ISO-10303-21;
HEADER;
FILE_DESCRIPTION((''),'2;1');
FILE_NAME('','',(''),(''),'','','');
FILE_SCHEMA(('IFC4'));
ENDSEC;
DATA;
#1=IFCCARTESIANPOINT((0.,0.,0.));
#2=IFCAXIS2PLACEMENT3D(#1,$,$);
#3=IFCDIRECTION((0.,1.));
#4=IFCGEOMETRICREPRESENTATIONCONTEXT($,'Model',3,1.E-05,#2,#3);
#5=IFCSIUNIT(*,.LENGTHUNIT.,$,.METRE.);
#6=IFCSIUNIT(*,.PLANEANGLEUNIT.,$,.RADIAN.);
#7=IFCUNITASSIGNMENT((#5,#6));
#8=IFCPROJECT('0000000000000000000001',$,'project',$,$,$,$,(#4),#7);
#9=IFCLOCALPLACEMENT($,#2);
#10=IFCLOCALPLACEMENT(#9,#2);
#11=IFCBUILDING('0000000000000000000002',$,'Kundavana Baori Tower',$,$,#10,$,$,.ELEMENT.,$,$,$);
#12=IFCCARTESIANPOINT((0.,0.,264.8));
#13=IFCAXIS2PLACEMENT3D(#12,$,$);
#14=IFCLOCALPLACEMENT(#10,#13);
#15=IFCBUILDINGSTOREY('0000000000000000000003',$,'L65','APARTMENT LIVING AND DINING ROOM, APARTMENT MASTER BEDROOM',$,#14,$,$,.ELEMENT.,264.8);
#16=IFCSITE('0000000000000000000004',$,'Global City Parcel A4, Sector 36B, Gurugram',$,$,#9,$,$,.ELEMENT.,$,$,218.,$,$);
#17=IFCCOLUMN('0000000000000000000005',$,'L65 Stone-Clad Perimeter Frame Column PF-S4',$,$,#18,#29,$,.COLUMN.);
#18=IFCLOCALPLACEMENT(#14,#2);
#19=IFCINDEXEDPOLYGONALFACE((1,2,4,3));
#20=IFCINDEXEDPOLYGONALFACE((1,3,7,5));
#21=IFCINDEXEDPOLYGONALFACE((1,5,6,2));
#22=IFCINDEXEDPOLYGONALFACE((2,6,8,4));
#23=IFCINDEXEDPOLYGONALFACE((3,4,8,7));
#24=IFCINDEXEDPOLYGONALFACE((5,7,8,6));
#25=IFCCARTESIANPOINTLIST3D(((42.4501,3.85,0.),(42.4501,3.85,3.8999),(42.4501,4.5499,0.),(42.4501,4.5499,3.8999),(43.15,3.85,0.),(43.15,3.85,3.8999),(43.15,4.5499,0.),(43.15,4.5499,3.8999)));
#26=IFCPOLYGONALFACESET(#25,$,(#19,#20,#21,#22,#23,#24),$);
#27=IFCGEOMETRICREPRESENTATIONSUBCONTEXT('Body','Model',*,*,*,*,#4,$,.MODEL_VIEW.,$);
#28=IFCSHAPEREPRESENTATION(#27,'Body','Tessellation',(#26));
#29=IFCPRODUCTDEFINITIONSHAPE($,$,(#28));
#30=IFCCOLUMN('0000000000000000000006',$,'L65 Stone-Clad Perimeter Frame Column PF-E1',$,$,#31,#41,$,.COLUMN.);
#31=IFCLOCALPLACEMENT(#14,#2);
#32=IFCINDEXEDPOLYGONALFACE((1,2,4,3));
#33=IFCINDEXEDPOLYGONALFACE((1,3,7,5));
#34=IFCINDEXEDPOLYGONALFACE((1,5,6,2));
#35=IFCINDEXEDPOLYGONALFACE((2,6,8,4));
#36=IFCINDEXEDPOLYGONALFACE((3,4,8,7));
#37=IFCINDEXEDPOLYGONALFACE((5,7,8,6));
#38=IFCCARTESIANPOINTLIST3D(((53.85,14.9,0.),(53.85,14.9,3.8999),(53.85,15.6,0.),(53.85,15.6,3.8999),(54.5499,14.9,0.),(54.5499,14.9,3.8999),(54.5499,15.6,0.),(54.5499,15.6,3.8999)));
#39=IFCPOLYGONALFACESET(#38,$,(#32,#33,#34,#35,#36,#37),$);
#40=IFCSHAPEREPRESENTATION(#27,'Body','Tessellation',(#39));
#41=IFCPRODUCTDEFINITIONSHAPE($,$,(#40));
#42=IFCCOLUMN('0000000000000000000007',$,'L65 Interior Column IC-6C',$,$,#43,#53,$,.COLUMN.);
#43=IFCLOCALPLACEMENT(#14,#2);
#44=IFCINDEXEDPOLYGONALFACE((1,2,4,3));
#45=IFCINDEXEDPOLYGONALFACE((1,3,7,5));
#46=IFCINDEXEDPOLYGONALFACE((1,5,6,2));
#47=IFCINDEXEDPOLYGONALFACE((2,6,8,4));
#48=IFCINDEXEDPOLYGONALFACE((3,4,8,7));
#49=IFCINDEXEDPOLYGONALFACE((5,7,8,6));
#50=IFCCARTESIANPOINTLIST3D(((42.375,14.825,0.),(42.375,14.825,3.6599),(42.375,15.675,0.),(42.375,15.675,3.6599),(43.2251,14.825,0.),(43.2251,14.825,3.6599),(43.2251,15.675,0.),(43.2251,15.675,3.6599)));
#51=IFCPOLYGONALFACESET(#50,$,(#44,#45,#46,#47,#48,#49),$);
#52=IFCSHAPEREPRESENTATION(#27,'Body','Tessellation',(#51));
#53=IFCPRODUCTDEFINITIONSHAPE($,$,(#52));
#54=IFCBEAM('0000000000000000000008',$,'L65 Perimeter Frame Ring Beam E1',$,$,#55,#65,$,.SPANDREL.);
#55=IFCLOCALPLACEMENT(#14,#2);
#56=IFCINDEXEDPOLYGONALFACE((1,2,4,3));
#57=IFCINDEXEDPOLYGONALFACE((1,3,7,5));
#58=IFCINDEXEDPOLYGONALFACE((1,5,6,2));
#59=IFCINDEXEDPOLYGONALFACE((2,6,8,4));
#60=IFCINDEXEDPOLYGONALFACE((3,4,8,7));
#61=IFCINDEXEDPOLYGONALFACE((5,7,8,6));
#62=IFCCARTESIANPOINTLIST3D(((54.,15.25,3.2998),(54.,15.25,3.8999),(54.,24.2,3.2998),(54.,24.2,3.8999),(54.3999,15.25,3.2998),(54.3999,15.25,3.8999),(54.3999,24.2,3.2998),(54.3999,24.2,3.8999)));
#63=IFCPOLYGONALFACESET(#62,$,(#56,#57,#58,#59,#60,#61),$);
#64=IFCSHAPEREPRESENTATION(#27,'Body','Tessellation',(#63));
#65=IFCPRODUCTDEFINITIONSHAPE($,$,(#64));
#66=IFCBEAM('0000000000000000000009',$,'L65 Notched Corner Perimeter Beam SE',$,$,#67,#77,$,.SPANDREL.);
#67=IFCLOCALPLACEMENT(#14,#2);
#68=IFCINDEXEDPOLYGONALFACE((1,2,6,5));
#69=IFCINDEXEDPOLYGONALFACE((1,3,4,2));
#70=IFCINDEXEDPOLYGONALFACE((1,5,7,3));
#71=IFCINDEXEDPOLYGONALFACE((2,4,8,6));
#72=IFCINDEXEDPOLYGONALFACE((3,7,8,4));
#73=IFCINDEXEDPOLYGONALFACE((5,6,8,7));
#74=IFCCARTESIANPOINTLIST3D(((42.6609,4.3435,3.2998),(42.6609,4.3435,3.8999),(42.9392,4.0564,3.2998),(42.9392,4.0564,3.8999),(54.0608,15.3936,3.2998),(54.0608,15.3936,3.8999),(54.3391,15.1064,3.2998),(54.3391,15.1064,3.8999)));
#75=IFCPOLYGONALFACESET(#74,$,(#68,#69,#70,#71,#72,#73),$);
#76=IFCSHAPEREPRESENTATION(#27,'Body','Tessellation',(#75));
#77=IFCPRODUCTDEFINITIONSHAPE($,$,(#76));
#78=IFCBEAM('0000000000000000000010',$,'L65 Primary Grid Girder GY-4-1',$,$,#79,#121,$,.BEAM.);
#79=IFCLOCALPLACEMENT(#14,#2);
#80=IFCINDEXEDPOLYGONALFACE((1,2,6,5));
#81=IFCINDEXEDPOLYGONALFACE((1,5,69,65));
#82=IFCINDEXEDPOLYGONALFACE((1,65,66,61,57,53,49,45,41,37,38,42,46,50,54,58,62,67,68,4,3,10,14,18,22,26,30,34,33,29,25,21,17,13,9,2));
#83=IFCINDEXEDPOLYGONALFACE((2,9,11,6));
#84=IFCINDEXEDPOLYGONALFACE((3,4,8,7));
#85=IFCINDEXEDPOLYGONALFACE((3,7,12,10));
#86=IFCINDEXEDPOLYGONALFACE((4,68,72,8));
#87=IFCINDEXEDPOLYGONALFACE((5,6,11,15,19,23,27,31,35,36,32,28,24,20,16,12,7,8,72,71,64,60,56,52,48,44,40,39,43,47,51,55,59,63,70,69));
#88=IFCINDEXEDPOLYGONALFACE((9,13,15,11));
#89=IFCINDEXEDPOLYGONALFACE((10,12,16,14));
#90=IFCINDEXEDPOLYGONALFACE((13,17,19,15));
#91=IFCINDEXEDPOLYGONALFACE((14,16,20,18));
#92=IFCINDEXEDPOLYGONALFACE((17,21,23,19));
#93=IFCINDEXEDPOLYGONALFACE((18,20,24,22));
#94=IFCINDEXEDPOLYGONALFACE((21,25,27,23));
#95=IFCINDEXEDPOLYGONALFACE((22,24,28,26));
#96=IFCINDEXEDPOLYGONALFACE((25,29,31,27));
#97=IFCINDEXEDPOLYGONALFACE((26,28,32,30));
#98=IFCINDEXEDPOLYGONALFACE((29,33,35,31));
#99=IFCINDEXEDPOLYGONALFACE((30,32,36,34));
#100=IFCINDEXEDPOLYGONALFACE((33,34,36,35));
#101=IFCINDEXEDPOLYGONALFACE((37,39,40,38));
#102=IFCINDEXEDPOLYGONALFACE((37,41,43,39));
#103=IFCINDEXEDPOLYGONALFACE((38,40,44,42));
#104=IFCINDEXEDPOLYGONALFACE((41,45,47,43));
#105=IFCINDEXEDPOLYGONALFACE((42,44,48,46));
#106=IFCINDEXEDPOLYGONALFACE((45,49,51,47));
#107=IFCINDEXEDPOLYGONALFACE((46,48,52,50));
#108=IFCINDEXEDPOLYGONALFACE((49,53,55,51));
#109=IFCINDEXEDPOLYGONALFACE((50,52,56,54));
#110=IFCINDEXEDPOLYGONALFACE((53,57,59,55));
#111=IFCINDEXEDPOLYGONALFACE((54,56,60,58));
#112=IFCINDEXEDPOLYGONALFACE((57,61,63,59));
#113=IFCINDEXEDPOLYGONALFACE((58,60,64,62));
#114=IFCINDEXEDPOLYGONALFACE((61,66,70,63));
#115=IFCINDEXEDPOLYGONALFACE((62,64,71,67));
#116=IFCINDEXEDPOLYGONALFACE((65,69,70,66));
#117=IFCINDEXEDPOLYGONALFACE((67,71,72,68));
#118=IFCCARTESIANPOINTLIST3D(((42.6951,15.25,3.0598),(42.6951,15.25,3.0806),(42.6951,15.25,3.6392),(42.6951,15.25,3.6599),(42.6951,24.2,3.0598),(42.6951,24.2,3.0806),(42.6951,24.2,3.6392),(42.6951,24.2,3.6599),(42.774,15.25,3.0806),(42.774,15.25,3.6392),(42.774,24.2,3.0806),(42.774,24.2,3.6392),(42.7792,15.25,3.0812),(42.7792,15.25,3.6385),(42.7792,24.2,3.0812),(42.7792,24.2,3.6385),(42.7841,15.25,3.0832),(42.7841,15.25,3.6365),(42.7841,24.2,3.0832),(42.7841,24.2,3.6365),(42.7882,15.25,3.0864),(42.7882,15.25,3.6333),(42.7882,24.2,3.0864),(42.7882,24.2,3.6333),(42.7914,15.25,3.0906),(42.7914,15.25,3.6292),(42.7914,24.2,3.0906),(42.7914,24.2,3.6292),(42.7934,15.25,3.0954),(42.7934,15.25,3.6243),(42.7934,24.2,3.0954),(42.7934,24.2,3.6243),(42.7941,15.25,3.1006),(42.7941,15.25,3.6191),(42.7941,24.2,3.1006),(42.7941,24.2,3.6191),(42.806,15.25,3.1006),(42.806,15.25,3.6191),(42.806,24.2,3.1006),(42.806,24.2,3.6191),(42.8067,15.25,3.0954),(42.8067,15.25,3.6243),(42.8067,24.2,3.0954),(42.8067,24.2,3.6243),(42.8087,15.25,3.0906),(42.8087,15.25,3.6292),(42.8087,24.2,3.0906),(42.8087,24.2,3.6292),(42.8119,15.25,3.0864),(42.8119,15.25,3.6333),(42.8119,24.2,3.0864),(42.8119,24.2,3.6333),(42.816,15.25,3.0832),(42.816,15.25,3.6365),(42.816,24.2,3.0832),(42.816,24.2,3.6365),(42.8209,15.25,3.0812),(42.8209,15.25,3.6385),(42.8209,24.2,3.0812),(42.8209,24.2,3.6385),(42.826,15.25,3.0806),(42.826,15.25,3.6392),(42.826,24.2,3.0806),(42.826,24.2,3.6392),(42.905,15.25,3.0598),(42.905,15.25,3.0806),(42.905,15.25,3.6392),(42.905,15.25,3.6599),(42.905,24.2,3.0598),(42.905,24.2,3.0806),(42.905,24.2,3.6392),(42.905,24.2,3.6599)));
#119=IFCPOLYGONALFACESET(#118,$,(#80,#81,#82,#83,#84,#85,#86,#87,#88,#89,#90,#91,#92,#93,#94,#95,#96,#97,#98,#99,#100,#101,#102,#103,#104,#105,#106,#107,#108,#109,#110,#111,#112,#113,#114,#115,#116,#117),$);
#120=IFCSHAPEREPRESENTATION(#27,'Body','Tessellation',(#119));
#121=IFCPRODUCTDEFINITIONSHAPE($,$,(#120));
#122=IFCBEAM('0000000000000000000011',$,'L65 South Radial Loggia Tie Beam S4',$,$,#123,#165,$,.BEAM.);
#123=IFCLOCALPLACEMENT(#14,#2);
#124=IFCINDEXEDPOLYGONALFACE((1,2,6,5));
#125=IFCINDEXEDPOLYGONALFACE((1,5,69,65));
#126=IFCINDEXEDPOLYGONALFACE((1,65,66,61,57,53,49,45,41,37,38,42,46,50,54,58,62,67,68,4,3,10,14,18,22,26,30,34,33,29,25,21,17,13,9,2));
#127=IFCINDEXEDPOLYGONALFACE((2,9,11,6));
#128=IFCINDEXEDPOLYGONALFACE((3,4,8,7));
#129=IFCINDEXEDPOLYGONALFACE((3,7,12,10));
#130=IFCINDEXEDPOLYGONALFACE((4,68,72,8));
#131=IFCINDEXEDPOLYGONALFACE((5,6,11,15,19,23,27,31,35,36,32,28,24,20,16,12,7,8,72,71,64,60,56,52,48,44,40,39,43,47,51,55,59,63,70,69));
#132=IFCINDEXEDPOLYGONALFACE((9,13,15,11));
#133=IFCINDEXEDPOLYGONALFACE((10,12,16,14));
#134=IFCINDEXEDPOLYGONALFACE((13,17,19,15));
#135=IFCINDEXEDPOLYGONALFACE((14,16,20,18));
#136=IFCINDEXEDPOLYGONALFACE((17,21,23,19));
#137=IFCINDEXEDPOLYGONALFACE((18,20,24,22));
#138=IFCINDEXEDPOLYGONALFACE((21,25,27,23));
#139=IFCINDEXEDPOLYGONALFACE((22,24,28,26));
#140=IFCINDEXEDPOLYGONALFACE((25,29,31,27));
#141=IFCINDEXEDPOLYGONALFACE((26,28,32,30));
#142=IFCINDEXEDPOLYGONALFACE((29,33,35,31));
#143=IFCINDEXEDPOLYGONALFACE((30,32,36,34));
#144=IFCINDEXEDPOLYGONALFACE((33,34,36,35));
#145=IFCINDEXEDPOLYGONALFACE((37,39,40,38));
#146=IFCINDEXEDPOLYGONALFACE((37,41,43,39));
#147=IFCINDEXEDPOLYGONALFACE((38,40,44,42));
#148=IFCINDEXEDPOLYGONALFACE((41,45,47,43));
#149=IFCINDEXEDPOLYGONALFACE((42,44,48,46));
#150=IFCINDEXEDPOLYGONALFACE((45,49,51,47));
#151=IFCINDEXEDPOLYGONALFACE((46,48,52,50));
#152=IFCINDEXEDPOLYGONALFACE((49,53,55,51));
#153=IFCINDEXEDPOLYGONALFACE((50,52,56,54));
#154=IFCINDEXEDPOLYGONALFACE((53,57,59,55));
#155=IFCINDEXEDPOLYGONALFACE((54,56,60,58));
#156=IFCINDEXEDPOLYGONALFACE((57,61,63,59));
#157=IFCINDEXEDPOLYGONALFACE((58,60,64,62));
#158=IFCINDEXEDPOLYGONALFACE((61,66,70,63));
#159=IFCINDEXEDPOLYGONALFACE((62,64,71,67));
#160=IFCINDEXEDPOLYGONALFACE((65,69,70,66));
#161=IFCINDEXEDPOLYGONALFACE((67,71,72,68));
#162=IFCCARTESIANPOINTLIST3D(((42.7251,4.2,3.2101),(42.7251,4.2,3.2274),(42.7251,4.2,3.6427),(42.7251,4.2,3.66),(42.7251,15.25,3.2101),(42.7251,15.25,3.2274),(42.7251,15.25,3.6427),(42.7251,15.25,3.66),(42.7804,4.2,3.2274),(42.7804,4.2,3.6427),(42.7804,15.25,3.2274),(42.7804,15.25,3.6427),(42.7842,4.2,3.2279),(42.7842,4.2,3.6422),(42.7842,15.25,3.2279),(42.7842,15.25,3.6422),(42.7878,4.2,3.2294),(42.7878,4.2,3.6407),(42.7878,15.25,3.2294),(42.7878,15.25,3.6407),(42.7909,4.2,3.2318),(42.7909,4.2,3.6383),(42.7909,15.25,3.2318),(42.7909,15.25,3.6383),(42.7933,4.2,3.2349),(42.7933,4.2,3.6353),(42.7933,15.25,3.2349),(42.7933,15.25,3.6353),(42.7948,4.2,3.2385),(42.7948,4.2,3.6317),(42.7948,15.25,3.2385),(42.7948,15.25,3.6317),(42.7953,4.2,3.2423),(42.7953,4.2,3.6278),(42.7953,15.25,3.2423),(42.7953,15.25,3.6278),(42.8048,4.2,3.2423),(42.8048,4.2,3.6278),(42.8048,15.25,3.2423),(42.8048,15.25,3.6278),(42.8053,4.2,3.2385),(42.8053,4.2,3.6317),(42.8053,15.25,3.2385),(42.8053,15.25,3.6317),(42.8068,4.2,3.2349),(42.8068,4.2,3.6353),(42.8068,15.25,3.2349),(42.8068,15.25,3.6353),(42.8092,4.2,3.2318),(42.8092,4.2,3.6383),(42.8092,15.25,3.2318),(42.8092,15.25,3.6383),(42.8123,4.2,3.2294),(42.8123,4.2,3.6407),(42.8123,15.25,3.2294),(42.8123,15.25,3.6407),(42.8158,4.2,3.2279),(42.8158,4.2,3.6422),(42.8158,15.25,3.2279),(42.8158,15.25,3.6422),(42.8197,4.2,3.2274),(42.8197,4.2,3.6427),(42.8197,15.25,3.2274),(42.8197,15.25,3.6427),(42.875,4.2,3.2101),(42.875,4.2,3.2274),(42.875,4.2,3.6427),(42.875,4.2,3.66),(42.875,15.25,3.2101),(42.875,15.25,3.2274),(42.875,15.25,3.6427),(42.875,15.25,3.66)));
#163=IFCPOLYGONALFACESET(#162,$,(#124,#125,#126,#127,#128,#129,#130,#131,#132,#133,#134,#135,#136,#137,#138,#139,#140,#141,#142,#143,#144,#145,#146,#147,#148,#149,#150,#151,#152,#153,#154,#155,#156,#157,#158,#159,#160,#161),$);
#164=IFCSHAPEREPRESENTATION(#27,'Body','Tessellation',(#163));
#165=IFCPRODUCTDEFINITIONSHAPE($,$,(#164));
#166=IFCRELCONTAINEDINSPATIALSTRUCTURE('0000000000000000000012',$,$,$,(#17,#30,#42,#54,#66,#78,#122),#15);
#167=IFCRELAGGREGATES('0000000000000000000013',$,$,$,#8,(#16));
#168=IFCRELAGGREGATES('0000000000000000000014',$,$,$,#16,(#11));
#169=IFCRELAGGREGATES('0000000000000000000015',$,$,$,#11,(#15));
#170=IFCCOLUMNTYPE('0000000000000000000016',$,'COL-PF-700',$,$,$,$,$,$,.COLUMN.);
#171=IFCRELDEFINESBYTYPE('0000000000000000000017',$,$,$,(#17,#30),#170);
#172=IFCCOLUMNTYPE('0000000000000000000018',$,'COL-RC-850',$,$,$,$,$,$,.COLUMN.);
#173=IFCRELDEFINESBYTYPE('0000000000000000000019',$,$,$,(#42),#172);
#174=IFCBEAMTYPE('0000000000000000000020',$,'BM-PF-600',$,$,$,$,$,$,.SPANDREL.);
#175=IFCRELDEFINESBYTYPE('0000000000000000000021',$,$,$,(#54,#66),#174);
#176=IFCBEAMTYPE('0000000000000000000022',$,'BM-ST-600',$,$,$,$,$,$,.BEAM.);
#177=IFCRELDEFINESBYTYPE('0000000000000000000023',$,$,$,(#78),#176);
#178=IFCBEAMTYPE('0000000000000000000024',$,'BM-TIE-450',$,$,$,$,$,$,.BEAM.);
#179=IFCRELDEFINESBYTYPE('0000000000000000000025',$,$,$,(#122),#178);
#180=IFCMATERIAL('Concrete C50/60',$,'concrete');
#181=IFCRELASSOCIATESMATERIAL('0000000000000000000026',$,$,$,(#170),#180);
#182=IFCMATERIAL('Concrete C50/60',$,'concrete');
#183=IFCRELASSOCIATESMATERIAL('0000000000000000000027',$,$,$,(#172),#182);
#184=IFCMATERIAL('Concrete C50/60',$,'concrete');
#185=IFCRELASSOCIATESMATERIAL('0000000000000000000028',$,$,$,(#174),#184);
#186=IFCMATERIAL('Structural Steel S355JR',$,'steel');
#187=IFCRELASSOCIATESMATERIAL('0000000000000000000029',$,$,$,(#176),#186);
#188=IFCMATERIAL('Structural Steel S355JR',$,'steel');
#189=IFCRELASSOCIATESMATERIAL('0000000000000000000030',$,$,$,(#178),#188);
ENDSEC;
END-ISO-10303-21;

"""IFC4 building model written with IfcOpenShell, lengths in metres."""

from ifc_helpers import new_model, si_unit, direction, frame, origin, origin_2d, place, context, subcontext, project, spatial, rectangle, i_section, extrude, material, material_profile, profile_set, type_object, element, save


model = new_model("IFC4")

# Units and contexts
model_context = context("Model", 3, precision=1e-05, world=origin(), true_north=direction((0.0, 1.0)))
body_context = subcontext(model_context, "Body", "Model", "MODEL_VIEW")
ifc_project = project(units=[si_unit("LENGTHUNIT", "METRE"), si_unit("PLANEANGLEUNIT", "RADIAN")], contexts=[model_context])

# Site, building, storey
site_placement = place(None, origin())
site = spatial("IfcSite", under=ifc_project, at=site_placement, Name="Global City Parcel A4, Sector 36B, Gurugram", CompositionType="ELEMENT", RefElevation=218.0)
building_placement = place(site_placement, origin())
building = spatial("IfcBuilding", under=site, at=building_placement, Name="Kundavana Baori Tower", CompositionType="ELEMENT")
storey_placement = place(building_placement, frame((0.0, 0.0, 264.8)))
storey = spatial("IfcBuildingStorey", under=building, at=storey_placement, Name="L65", Description="APARTMENT LIVING AND DINING ROOM, APARTMENT MASTER BEDROOM", CompositionType="ELEMENT", Elevation=264.8)

# Columns
ifc_material_1 = material(Name="Concrete C50/60", Category="concrete")
ifc_material_profile_1 = material_profile(ifc_material_1, rectangle(XDim=0.7, YDim=0.7, at=origin_2d()), Name="RC PF 700x700")
ifc_profile_set_1 = profile_set([ifc_material_profile_1], Name="Concrete C50/60")
column_type_1 = type_object("IfcColumnType", Name="COL-PF-700", PredefinedType="COLUMN", material=ifc_profile_set_1)
for number, where, z_axis, x_axis, name in (
    (1, (42.8, 4.2, 0.0), (0.0, 0.0, 1.0), (1.0, 0.0, 0.0), "L65 Stone-Clad Perimeter Frame Column PF-S4"),
    (2, (54.2, 15.25, 0.0), (0.0, 0.0, 1.0), (1.0, 0.0, 0.0), "L65 Stone-Clad Perimeter Frame Column PF-E1"),
):
    element("IfcColumn", number, at=place(storey_placement, frame(where, z_axis=z_axis, x_axis=x_axis)), inside=storey, type_object=column_type_1, Name=name, PredefinedType="COLUMN", context=body_context, shape_type="SweptSolid", body=[
        extrude(rectangle(XDim=0.7, YDim=0.7, at=origin_2d()), origin(), (0.0, 0.0, 1.0), 3.8999),
    ])
ifc_material_2 = material(Name="Concrete C50/60", Category="concrete")
ifc_material_profile_2 = material_profile(ifc_material_2, rectangle(XDim=0.8501, YDim=0.8501, at=origin_2d()), Name="RC 850x850")
ifc_profile_set_2 = profile_set([ifc_material_profile_2], Name="Concrete C50/60")
column_type_2 = type_object("IfcColumnType", Name="COL-RC-850", PredefinedType="COLUMN", material=ifc_profile_set_2)
column_placement = place(storey_placement, frame((42.8, 15.25, 0.0), z_axis=(0.0, 0.0, 1.0), x_axis=(1.0, 0.0, 0.0)))
element("IfcColumn", 3, at=column_placement, inside=storey, type_object=column_type_2, Name="L65 Interior Column IC-6C", PredefinedType="COLUMN", context=body_context, shape_type="SweptSolid", body=[
    extrude(rectangle(XDim=0.8501, YDim=0.8501, at=origin_2d()), origin(), (0.0, 0.0, 1.0), 3.6599),
])

# Beams
ifc_material_3 = material(Name="Concrete C50/60", Category="concrete")
ifc_material_profile_3 = material_profile(ifc_material_3, rectangle(XDim=0.3999, YDim=0.6001, at=origin_2d()), Name="RC BM 400x600")
ifc_profile_set_3 = profile_set([ifc_material_profile_3], Name="Concrete C50/60")
beam_type_1 = type_object("IfcBeamType", Name="BM-PF-600", PredefinedType="SPANDREL", material=ifc_profile_set_3)
beam_1_placement = place(storey_placement, frame((54.2, 15.25, 3.5999), z_axis=(0.0, 1.0, 0.0), x_axis=(-1.0, 0.0, 0.0)))
element("IfcBeam", 4, at=beam_1_placement, inside=storey, type_object=beam_type_1, Name="L65 Perimeter Frame Ring Beam E1", PredefinedType="SPANDREL", context=body_context, shape_type="SweptSolid", body=[
    extrude(rectangle(XDim=0.3999, YDim=0.6001, at=origin_2d()), origin(), (0.0, 0.0, 1.0), 8.95),
])
beam_2_placement = place(storey_placement, frame((42.8, 4.2, 3.5999), z_axis=(0.718039, 0.696003, 0.0), x_axis=(-0.696003, 0.718039, 0.0)))
element("IfcBeam", 5, at=beam_2_placement, inside=storey, type_object=beam_type_1, Name="L65 Notched Corner Perimeter Beam SE", PredefinedType="SPANDREL", context=body_context, shape_type="SweptSolid", body=[
    extrude(rectangle(XDim=0.3999, YDim=0.6001, at=origin_2d()), origin(), (0.0, 0.0, 1.0), 15.8765),
])
ifc_material_4 = material(Name="Structural Steel S355JR", Category="steel")
ifc_material_profile_4 = material_profile(ifc_material_4, i_section(OverallWidth=0.21, OverallDepth=0.6001, WebThickness=0.012, FlangeThickness=0.0208, FilletRadius=0.02, at=origin_2d()), Name="ISMB 600")
ifc_profile_set_4 = profile_set([ifc_material_profile_4], Name="Structural Steel S355JR")
beam_type_2 = type_object("IfcBeamType", Name="BM-ST-600", PredefinedType="BEAM", material=ifc_profile_set_4)
beam_3_placement = place(storey_placement, frame((42.8, 15.25, 3.3599), z_axis=(0.0, 1.0, 0.0), x_axis=(-1.0, 0.0, 0.0)))
element("IfcBeam", 6, at=beam_3_placement, inside=storey, type_object=beam_type_2, Name="L65 Primary Grid Girder GY-4-1", PredefinedType="BEAM", context=body_context, shape_type="SweptSolid", body=[
    extrude(i_section(OverallWidth=0.21, OverallDepth=0.6001, WebThickness=0.012, FlangeThickness=0.0208, FilletRadius=0.02, at=origin_2d()), origin(), (0.0, 0.0, 1.0), 8.95),
])
ifc_material_5 = material(Name="Structural Steel S355JR", Category="steel")
ifc_material_profile_5 = material_profile(ifc_material_5, i_section(OverallWidth=0.1499, OverallDepth=0.45, WebThickness=0.0095, FlangeThickness=0.0173, FilletRadius=0.0149, at=origin_2d()), Name="ISMB 450")
ifc_profile_set_5 = profile_set([ifc_material_profile_5], Name="Structural Steel S355JR")
beam_type_3 = type_object("IfcBeamType", Name="BM-TIE-450", PredefinedType="BEAM", material=ifc_profile_set_5)
beam_4_placement = place(storey_placement, frame((42.8, 15.25, 3.4351), z_axis=(0.0, -1.0, 0.0), x_axis=(1.0, 0.0, 0.0)))
element("IfcBeam", 7, at=beam_4_placement, inside=storey, type_object=beam_type_3, Name="L65 South Radial Loggia Tie Beam S4", PredefinedType="BEAM", context=body_context, shape_type="SweptSolid", body=[
    extrude(i_section(OverallWidth=0.1499, OverallDepth=0.45, WebThickness=0.0095, FlangeThickness=0.0173, FilletRadius=0.0149, at=origin_2d()), origin(), (0.0, 0.0, 1.0), 11.05),
])

save(model, "model.ifc")
